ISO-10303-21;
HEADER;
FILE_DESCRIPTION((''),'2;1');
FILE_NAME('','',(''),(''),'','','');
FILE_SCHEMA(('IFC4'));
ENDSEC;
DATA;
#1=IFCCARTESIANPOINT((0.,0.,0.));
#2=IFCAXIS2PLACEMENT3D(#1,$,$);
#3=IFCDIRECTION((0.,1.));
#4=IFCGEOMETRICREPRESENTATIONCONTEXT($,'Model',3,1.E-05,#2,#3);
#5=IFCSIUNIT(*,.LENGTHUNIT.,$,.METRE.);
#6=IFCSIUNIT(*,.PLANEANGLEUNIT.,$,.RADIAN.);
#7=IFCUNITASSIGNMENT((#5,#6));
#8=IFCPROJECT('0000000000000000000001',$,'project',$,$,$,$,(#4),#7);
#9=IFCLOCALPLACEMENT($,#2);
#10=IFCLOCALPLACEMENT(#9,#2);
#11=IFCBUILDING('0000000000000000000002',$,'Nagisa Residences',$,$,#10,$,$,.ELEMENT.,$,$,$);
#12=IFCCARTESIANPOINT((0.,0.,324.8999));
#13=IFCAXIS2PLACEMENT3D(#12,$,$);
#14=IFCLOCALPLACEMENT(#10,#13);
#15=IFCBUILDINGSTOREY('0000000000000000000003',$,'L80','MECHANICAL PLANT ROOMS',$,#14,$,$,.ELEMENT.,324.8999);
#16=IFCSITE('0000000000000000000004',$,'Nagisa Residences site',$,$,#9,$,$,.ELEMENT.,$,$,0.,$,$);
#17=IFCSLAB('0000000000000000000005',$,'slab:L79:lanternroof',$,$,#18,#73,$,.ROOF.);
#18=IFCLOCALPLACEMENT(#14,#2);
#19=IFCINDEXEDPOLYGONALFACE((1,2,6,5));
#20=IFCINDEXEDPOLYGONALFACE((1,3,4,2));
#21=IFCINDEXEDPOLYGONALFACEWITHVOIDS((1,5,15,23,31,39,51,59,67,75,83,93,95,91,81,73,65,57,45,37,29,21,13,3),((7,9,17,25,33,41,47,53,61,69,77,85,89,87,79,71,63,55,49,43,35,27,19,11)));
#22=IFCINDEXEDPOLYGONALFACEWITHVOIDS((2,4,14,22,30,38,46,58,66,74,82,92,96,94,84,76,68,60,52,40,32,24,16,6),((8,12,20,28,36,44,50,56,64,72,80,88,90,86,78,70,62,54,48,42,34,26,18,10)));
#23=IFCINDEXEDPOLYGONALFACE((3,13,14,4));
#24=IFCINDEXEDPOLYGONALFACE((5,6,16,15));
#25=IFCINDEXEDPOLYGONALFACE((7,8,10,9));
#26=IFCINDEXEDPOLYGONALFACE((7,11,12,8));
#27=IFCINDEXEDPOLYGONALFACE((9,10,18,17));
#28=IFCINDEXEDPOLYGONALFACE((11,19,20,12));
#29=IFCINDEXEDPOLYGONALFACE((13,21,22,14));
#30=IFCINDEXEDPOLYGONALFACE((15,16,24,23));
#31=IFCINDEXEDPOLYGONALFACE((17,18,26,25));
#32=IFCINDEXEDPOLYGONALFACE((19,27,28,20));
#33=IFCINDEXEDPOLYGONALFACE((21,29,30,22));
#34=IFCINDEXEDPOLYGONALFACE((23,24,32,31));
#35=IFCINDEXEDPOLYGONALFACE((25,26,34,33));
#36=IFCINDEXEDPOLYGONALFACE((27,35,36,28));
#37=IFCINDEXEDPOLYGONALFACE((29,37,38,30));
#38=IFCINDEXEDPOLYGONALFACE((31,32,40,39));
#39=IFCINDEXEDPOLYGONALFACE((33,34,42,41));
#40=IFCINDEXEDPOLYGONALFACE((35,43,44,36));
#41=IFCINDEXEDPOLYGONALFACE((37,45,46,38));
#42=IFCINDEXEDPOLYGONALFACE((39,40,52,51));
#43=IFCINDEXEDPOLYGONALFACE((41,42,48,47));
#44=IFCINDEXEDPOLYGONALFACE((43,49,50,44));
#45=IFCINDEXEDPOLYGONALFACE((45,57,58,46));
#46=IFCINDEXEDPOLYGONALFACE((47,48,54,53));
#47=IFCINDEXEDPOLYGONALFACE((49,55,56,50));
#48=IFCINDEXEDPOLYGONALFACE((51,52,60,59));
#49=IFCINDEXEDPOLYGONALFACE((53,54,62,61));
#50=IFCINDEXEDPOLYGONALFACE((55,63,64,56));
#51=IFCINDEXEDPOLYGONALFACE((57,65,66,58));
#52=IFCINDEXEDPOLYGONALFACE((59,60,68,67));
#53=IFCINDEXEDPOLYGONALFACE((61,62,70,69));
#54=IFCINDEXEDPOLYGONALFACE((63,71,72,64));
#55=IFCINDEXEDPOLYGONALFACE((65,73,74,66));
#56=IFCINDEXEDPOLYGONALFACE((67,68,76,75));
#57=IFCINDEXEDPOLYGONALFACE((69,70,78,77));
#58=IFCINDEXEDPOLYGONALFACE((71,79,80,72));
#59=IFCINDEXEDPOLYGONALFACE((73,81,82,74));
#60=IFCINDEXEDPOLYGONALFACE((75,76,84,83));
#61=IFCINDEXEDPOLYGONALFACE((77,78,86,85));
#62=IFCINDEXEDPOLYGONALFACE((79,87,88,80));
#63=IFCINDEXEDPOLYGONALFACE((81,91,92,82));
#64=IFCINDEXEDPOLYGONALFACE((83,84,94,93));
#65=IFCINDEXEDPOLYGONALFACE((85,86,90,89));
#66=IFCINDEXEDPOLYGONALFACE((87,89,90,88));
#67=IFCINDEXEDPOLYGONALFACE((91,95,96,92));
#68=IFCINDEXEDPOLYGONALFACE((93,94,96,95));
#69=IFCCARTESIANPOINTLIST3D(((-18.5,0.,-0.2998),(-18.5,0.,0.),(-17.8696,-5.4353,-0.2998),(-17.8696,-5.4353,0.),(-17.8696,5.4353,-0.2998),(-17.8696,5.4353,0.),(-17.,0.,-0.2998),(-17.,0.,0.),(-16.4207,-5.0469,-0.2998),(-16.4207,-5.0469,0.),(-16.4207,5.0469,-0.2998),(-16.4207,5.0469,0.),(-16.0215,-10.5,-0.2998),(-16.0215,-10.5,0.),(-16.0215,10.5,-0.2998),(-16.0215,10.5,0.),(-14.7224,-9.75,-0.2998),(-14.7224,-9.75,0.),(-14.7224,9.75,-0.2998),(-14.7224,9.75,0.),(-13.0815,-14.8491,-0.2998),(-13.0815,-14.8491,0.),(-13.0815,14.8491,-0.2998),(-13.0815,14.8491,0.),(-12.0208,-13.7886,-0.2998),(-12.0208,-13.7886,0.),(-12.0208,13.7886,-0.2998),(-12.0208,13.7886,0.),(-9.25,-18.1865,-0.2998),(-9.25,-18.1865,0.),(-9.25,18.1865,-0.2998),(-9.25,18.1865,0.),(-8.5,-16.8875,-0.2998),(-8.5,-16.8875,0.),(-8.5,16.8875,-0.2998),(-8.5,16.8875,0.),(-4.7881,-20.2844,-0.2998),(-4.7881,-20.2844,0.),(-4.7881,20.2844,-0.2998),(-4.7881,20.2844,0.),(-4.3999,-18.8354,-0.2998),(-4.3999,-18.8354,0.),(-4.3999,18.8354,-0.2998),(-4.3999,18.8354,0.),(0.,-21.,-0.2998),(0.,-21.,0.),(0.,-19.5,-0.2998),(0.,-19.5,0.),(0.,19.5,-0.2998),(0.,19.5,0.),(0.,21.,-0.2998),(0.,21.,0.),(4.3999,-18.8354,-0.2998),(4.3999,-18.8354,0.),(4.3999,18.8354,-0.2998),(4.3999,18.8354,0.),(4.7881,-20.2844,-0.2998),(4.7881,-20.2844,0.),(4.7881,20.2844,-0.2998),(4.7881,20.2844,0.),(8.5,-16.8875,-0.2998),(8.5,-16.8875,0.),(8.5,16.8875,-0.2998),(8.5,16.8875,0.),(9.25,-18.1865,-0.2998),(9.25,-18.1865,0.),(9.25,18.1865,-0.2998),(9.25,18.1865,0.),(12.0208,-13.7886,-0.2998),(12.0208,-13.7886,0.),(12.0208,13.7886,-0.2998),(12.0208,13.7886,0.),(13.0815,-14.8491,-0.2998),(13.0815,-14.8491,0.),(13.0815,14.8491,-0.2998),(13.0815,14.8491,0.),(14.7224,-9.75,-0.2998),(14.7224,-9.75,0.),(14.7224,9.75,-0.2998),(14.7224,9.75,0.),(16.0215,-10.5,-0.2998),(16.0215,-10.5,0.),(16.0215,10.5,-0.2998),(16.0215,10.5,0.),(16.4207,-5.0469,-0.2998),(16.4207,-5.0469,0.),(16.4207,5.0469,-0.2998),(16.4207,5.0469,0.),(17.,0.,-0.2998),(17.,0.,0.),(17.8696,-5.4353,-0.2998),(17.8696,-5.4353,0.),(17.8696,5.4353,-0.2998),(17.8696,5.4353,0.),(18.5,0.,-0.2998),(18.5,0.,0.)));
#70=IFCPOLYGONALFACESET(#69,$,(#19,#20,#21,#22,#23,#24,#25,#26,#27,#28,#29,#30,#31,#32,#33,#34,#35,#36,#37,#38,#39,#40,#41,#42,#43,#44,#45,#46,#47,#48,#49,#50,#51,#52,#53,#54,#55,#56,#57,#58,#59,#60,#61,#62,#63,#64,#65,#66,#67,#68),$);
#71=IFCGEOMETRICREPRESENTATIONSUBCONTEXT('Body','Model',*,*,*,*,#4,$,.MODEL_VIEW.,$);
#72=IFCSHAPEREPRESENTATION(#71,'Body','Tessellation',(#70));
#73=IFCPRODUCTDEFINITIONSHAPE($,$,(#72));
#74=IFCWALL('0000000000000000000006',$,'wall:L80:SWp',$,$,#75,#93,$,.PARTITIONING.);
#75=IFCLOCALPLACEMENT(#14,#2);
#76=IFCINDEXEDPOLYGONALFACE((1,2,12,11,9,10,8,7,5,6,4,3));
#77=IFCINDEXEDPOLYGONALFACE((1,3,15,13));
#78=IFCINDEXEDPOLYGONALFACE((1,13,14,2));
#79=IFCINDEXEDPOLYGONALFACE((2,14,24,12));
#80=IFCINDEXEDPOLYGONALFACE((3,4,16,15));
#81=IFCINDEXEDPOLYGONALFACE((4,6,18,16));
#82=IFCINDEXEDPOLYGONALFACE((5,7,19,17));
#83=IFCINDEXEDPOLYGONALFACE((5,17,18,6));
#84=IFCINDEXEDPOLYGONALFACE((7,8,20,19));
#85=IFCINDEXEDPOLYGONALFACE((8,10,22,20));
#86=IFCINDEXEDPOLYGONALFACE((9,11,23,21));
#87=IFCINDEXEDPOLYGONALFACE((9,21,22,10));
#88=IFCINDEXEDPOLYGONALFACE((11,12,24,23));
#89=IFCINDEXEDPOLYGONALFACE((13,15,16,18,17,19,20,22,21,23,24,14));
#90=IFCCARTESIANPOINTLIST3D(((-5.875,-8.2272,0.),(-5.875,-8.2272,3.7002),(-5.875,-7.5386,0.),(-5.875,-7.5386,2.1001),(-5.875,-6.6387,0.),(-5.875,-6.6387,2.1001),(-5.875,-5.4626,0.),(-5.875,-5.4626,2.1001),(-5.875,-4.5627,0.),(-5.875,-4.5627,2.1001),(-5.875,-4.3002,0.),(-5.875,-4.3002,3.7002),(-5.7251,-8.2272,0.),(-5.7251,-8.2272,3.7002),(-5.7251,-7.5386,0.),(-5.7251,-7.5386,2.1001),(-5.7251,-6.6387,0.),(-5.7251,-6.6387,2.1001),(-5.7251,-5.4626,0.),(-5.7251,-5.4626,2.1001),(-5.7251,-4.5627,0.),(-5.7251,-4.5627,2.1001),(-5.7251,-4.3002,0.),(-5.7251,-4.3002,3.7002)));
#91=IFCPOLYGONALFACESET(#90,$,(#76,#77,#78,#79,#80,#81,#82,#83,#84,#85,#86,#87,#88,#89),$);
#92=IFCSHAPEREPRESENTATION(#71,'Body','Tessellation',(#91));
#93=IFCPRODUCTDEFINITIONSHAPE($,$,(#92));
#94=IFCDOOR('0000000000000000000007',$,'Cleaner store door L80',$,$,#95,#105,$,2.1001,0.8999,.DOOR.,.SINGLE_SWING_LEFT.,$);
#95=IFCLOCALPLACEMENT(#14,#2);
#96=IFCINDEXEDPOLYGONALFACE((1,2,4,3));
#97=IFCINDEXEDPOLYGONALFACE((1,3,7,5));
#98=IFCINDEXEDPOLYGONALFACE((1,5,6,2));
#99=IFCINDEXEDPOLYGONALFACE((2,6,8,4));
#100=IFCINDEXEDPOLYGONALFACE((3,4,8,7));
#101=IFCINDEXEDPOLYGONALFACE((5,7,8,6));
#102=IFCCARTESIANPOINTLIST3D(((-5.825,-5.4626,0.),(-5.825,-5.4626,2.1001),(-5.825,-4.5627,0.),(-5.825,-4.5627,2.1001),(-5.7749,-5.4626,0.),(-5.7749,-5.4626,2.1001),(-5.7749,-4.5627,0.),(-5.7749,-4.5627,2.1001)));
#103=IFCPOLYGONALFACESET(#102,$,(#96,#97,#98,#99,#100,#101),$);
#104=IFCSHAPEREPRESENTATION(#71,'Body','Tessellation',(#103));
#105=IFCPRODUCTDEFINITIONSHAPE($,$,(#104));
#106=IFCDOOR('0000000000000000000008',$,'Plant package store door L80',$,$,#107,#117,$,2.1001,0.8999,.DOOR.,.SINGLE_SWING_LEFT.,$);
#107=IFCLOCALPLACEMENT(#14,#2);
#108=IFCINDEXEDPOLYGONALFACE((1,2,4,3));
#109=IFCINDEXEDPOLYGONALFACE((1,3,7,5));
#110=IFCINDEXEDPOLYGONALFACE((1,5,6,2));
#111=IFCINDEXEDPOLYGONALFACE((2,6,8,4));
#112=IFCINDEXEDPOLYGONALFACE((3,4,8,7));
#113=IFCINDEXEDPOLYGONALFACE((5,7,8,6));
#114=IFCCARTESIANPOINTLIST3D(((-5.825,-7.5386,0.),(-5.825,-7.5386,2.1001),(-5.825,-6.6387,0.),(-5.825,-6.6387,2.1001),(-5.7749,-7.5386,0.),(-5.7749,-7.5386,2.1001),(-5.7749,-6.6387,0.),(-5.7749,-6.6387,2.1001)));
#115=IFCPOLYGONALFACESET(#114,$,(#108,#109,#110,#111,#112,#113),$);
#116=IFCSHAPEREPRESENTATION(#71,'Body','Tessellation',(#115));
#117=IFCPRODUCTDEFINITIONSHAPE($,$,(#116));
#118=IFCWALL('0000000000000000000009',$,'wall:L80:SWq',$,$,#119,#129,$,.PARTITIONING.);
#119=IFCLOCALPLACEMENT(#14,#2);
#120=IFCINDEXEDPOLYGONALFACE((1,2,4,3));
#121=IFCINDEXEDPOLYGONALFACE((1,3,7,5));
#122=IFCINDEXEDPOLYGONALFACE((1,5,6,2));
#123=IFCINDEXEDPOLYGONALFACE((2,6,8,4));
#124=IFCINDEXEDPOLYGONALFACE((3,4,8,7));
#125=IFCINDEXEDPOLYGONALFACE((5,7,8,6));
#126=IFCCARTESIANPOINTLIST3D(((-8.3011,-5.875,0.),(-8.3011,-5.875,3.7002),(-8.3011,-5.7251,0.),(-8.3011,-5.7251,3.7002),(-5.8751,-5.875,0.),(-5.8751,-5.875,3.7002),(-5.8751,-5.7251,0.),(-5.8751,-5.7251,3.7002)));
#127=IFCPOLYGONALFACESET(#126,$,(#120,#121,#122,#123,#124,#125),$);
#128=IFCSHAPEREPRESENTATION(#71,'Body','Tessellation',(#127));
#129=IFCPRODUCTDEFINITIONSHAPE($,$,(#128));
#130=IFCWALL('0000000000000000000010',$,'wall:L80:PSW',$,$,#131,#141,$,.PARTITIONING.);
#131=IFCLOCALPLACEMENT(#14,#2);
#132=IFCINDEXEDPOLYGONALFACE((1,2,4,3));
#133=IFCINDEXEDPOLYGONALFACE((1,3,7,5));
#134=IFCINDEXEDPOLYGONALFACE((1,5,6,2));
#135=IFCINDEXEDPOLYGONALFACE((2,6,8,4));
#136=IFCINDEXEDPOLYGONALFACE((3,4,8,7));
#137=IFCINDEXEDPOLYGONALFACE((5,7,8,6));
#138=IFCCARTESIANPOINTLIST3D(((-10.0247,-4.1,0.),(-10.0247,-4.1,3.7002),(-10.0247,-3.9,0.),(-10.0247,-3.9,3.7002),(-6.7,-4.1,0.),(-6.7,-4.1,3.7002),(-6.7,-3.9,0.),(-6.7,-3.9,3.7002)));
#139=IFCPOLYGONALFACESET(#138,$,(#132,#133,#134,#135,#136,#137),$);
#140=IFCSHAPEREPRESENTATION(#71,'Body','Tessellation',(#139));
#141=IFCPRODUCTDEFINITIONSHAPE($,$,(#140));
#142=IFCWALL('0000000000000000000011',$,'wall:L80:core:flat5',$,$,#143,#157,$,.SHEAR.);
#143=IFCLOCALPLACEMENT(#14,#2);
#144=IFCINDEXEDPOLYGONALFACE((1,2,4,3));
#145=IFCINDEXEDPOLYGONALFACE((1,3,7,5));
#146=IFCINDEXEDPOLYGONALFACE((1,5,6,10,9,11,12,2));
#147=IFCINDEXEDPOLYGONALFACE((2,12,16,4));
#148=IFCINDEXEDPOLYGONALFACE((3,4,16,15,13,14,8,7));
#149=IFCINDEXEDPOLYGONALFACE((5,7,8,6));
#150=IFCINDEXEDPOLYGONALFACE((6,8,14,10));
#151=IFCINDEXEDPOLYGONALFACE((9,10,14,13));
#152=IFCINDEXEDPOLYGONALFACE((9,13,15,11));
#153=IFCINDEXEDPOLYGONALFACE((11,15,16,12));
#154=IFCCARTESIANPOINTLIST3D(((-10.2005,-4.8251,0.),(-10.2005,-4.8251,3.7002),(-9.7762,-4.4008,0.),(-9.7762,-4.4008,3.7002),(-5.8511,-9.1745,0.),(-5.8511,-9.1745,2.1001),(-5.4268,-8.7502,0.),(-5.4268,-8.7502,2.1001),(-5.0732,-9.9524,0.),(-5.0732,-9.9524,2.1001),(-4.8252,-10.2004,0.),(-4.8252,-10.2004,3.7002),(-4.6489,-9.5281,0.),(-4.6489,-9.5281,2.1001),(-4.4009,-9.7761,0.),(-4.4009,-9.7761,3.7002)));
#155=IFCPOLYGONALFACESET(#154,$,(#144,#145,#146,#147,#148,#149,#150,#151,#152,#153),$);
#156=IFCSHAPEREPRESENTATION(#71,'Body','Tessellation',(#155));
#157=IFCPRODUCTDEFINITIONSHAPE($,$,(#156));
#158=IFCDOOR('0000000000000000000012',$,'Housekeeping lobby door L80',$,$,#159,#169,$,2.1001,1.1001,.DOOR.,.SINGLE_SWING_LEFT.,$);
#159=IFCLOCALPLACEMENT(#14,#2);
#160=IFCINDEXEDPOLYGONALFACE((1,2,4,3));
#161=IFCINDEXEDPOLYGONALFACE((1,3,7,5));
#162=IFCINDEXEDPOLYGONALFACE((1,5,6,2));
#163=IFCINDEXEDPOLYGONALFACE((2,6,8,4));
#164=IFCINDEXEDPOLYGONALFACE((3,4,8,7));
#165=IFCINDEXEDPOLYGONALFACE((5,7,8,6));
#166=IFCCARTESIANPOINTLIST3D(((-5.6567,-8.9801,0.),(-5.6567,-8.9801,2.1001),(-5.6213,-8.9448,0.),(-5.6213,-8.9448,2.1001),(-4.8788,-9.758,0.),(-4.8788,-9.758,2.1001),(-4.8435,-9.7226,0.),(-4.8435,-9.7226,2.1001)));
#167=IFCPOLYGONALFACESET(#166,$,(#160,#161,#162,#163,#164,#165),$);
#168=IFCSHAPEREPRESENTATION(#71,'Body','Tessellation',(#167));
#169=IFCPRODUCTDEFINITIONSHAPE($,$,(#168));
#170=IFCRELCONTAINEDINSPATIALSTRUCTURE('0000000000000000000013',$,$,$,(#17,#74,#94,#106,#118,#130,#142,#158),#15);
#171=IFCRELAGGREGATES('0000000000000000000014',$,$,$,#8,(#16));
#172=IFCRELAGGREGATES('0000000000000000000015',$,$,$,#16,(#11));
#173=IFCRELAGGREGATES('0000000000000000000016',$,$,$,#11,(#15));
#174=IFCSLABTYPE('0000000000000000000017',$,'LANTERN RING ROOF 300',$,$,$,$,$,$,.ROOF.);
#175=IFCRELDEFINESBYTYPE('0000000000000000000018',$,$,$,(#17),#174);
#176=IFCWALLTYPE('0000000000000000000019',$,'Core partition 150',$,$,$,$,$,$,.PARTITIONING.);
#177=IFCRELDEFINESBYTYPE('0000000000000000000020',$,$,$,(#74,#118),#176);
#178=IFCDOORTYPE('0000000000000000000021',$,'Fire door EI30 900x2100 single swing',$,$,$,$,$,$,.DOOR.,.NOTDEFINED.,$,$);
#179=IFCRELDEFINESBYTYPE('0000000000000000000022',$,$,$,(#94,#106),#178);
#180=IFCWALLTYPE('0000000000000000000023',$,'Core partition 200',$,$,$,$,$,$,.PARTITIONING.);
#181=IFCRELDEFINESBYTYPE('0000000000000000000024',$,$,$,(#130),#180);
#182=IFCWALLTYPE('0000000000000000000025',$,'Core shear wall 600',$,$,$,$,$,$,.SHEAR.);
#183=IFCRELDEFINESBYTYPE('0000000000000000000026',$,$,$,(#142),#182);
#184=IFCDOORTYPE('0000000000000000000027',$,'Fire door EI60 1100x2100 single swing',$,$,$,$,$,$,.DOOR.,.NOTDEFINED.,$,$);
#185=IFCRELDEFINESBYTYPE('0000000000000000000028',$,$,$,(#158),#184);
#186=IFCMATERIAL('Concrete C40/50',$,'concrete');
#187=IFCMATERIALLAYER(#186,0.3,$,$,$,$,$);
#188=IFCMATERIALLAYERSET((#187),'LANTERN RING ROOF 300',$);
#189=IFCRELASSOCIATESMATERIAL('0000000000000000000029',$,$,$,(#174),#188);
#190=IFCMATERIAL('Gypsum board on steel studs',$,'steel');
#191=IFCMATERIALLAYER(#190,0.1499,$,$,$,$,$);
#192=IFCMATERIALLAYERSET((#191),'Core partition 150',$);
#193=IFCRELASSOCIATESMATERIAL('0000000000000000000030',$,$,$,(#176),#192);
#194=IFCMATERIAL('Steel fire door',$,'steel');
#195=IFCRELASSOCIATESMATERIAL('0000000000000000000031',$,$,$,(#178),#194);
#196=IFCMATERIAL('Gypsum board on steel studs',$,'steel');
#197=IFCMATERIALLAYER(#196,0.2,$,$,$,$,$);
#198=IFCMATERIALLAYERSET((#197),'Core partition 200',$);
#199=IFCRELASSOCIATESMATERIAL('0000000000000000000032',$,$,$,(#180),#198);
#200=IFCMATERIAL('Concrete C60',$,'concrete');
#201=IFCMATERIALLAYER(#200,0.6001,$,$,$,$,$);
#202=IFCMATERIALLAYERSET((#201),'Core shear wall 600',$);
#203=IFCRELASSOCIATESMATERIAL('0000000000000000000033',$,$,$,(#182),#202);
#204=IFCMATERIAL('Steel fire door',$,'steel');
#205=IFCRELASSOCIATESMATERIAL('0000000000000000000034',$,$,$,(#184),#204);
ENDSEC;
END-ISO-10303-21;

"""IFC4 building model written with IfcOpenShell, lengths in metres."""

from ifc_helpers import new_model, si_unit, direction, frame, frame_2d, origin, place, context, subcontext, project, spatial, polyline, rectangle, outline, extrude, material, layer, layer_set, type_object, element, fill, save


model = new_model("IFC4")

# Units and contexts
model_context = context("Model", 3, precision=1e-05, world=origin(), true_north=direction((0.0, 1.0)))
body_context = subcontext(model_context, "Body", "Model", "MODEL_VIEW")
ifc_project = project(units=[si_unit("LENGTHUNIT", "METRE"), si_unit("PLANEANGLEUNIT", "RADIAN")], contexts=[model_context])

# Site, building, storey
site_placement = place(None, origin())
site = spatial("IfcSite", under=ifc_project, at=site_placement, Name="Nagisa Residences site", CompositionType="ELEMENT", RefElevation=0.0)
building_placement = place(site_placement, origin())
building = spatial("IfcBuilding", under=site, at=building_placement, Name="Nagisa Residences", CompositionType="ELEMENT")
storey_placement = place(building_placement, frame((0.0, 0.0, 324.8999)))
storey = spatial("IfcBuildingStorey", under=building, at=storey_placement, Name="L80", Description="MECHANICAL PLANT ROOMS", CompositionType="ELEMENT", Elevation=324.8999)

# Slab
ifc_material_1 = material(Name="Concrete C40/50", Category="concrete")
ifc_layer_1 = layer(ifc_material_1, 0.3)
ifc_layer_set_1 = layer_set([ifc_layer_1], Name="LANTERN RING ROOF 300")
slab_type_1 = type_object("IfcSlabType", Name="LANTERN RING ROOF 300", PredefinedType="ROOF", material=ifc_layer_set_1)
slab_1_placement = place(storey_placement, frame((0.0, 0.0, -0.2998)))
element("IfcSlab", 1, at=slab_1_placement, inside=storey, type_object=slab_type_1, Name="slab:L79:lanternroof", PredefinedType="ROOF", context=body_context, shape_type="SweptSolid", body=[
    extrude(outline(polyline([(18.5, 0.0), (17.8696, 5.4353), (16.0215, 10.5), (13.0815, 14.8491), (9.25, 18.1865), (4.7881, 20.2844), (0.0, 21.0), (-4.7881, 20.2844), (-9.25, 18.1865), (-13.0815, 14.8491), (-16.0215, 10.5), (-17.8696, 5.4353), (-18.5, 0.0), (-17.8696, -5.4353), (-16.0215, -10.5), (-13.0815, -14.8491), (-9.25, -18.1865), (-4.7881, -20.2844), (0.0, -21.0), (4.7881, -20.2844), (9.25, -18.1865), (13.0815, -14.8491), (16.0215, -10.5), (17.8696, -5.4353), (18.5, 0.0)]), holes=[polyline([(17.0, 0.0), (16.4207, 5.0469), (14.7224, 9.75), (12.0208, 13.7886), (8.5, 16.8875), (4.3999, 18.8354), (0.0, 19.5), (-4.3999, 18.8354), (-8.5, 16.8875), (-12.0208, 13.7886), (-14.7224, 9.75), (-16.4207, 5.0469), (-17.0, 0.0), (-16.4207, -5.0469), (-14.7224, -9.75), (-12.0208, -13.7886), (-8.5, -16.8875), (-4.3999, -18.8354), (0.0, -19.5), (4.3999, -18.8354), (8.5, -16.8875), (12.0208, -13.7886), (14.7224, -9.75), (16.4207, -5.0469), (17.0, 0.0)])]), origin(), (0.0, 0.0, 1.0), 0.2998),
])

# Wall, openings, doors
ifc_material_2 = material(Name="Gypsum board on steel studs", Category="steel")
ifc_layer_2 = layer(ifc_material_2, 0.1499)
ifc_layer_set_2 = layer_set([ifc_layer_2], Name="Core partition 150")
wall_type_1 = type_object("IfcWallType", Name="Core partition 150", PredefinedType="PARTITIONING", material=ifc_layer_set_2)
wall_1_placement = place(storey_placement, frame((-5.8, -8.2271, 0.0), z_axis=(0.0, 0.0, 1.0), x_axis=(0.0, 1.0, 0.0)))
wall_1 = element("IfcWall", 2, at=wall_1_placement, inside=storey, type_object=wall_type_1, Name="wall:L80:SWp", PredefinedType="PARTITIONING", context=body_context, shape_type="SweptSolid", body=[
    extrude(rectangle(XDim=3.927, YDim=0.1499, at=frame_2d((1.9634, 0.0))), origin(), (0.0, 0.0, 1.0), 3.7002),
])
opening_1_placement = place(wall_1_placement, frame((2.7644, 0.0, 0.0)))
opening_1 = element("IfcOpeningElement", 3, at=opening_1_placement, cuts=wall_1, PredefinedType="OPENING", context=body_context, shape_type="SweptSolid", body=[
    extrude(rectangle(XDim=0.8999, YDim=2.1001, at=frame_2d((0.45, 1.05))), frame((0.0, 0.085, 0.0), z_axis=(0.0, -1.0, 0.0), x_axis=(1.0, 0.0, 0.0)), (0.0, 0.0, 1.0), 0.1699),
])
opening_2_placement = place(wall_1_placement, frame((0.6885, 0.0, 0.0)))
opening_2 = element("IfcOpeningElement", 4, at=opening_2_placement, cuts=wall_1, PredefinedType="OPENING", context=body_context, shape_type="SweptSolid", body=[
    extrude(rectangle(XDim=0.8999, YDim=2.1001, at=frame_2d((0.45, 1.05))), frame((0.0, 0.085, 0.0), z_axis=(0.0, -1.0, 0.0), x_axis=(1.0, 0.0, 0.0)), (0.0, 0.0, 1.0), 0.1699),
])
ifc_material_3 = material(Name="Steel fire door", Category="steel")
door_type_1 = type_object("IfcDoorType", Name="Fire door EI30 900x2100 single swing", OperationType="NOTDEFINED", PredefinedType="DOOR", material=ifc_material_3)
door_1_placement = place(opening_1_placement, origin())
door_1 = element("IfcDoor", 5, at=door_1_placement, inside=storey, type_object=door_type_1, Name="Cleaner store door L80", OperationType="SINGLE_SWING_LEFT", OverallHeight=2.1001, OverallWidth=0.8999, PredefinedType="DOOR", context=body_context, shape_type="SweptSolid", body=[
    extrude(rectangle(XDim=0.8999, YDim=2.1001, at=frame_2d((0.45, 1.05))), frame((0.0, 0.0249, 0.0), z_axis=(0.0, -1.0, 0.0), x_axis=(1.0, 0.0, 0.0)), (0.0, 0.0, 1.0), 0.05),
])
fill(opening_1, door_1)
door_2_placement = place(opening_2_placement, origin())
door_2 = element("IfcDoor", 6, at=door_2_placement, inside=storey, type_object=door_type_1, Name="Plant package store door L80", OperationType="SINGLE_SWING_LEFT", OverallHeight=2.1001, OverallWidth=0.8999, PredefinedType="DOOR", context=body_context, shape_type="SweptSolid", body=[
    extrude(rectangle(XDim=0.8999, YDim=2.1001, at=frame_2d((0.45, 1.05))), frame((0.0, 0.0249, 0.0), z_axis=(0.0, -1.0, 0.0), x_axis=(1.0, 0.0, 0.0)), (0.0, 0.0, 1.0), 0.05),
])
fill(opening_2, door_2)

# Walls
wall_2_placement = place(storey_placement, frame((-8.301, -5.8, 0.0), z_axis=(0.0, 0.0, 1.0), x_axis=(1.0, 0.0, 0.0)))
element("IfcWall", 7, at=wall_2_placement, inside=storey, type_object=wall_type_1, Name="wall:L80:SWq", PredefinedType="PARTITIONING", context=body_context, shape_type="SweptSolid", body=[
    extrude(rectangle(XDim=2.426, YDim=0.1499, at=frame_2d((1.2129, 0.0))), origin(), (0.0, 0.0, 1.0), 3.7002),
])
ifc_material_4 = material(Name="Gypsum board on steel studs", Category="steel")
ifc_layer_3 = layer(ifc_material_4, 0.2)
ifc_layer_set_3 = layer_set([ifc_layer_3], Name="Core partition 200")
wall_type_2 = type_object("IfcWallType", Name="Core partition 200", PredefinedType="PARTITIONING", material=ifc_layer_set_3)
wall_3_placement = place(storey_placement, frame((-10.0247, -4.0, 0.0), z_axis=(0.0, 0.0, 1.0), x_axis=(1.0, 0.0, 0.0)))
element("IfcWall", 8, at=wall_3_placement, inside=storey, type_object=wall_type_2, Name="wall:L80:PSW", PredefinedType="PARTITIONING", context=body_context, shape_type="SweptSolid", body=[
    extrude(rectangle(XDim=3.3247, YDim=0.2, at=frame_2d((1.6624, 0.0))), origin(), (0.0, 0.0, 1.0), 3.7002),
])

# Wall, opening, door
ifc_material_5 = material(Name="Concrete C60", Category="concrete")
ifc_layer_4 = layer(ifc_material_5, 0.6001)
ifc_layer_set_4 = layer_set([ifc_layer_4], Name="Core shear wall 600")
wall_type_3 = type_object("IfcWallType", Name="Core shear wall 600", PredefinedType="SHEAR", material=ifc_layer_set_4)
wall_4_placement = place(storey_placement, frame((-9.9883, -4.613, 0.0), z_axis=(0.0, 0.0, 1.0), x_axis=(0.707107, -0.707107, 0.0)))
wall_4 = element("IfcWall", 9, at=wall_4_placement, inside=storey, type_object=wall_type_3, Name="wall:L80:core:flat5", PredefinedType="SHEAR", context=body_context, shape_type="SweptSolid", body=[
    extrude(rectangle(XDim=7.6018, YDim=0.6001, at=frame_2d((3.8008, 0.0))), origin(), (0.0, 0.0, 1.0), 3.7002),
])
opening_3_placement = place(wall_4_placement, frame((6.1509, 0.0, 0.0)))
opening_3 = element("IfcOpeningElement", 10, at=opening_3_placement, cuts=wall_4, PredefinedType="OPENING", context=body_context, shape_type="SweptSolid", body=[
    extrude(rectangle(XDim=1.1001, YDim=2.1001, at=frame_2d((0.55, 1.05))), frame((0.0, 0.3101, 0.0), z_axis=(0.0, -1.0, 0.0), x_axis=(1.0, 0.0, 0.0)), (0.0, 0.0, 1.0), 0.6201),
])
ifc_material_6 = material(Name="Steel fire door", Category="steel")
door_type_2 = type_object("IfcDoorType", Name="Fire door EI60 1100x2100 single swing", OperationType="NOTDEFINED", PredefinedType="DOOR", material=ifc_material_6)
door_3_placement = place(opening_3_placement, origin())
door_3 = element("IfcDoor", 11, at=door_3_placement, inside=storey, type_object=door_type_2, Name="Housekeeping lobby door L80", OperationType="SINGLE_SWING_LEFT", OverallHeight=2.1001, OverallWidth=1.1001, PredefinedType="DOOR", context=body_context, shape_type="SweptSolid", body=[
    extrude(rectangle(XDim=1.1001, YDim=2.1001, at=frame_2d((0.55, 1.05))), frame((0.0, 0.0249, 0.0), z_axis=(0.0, -1.0, 0.0), x_axis=(1.0, 0.0, 0.0)), (0.0, 0.0, 1.0), 0.05),
])
fill(opening_3, door_3)

save(model, "model.ifc")
